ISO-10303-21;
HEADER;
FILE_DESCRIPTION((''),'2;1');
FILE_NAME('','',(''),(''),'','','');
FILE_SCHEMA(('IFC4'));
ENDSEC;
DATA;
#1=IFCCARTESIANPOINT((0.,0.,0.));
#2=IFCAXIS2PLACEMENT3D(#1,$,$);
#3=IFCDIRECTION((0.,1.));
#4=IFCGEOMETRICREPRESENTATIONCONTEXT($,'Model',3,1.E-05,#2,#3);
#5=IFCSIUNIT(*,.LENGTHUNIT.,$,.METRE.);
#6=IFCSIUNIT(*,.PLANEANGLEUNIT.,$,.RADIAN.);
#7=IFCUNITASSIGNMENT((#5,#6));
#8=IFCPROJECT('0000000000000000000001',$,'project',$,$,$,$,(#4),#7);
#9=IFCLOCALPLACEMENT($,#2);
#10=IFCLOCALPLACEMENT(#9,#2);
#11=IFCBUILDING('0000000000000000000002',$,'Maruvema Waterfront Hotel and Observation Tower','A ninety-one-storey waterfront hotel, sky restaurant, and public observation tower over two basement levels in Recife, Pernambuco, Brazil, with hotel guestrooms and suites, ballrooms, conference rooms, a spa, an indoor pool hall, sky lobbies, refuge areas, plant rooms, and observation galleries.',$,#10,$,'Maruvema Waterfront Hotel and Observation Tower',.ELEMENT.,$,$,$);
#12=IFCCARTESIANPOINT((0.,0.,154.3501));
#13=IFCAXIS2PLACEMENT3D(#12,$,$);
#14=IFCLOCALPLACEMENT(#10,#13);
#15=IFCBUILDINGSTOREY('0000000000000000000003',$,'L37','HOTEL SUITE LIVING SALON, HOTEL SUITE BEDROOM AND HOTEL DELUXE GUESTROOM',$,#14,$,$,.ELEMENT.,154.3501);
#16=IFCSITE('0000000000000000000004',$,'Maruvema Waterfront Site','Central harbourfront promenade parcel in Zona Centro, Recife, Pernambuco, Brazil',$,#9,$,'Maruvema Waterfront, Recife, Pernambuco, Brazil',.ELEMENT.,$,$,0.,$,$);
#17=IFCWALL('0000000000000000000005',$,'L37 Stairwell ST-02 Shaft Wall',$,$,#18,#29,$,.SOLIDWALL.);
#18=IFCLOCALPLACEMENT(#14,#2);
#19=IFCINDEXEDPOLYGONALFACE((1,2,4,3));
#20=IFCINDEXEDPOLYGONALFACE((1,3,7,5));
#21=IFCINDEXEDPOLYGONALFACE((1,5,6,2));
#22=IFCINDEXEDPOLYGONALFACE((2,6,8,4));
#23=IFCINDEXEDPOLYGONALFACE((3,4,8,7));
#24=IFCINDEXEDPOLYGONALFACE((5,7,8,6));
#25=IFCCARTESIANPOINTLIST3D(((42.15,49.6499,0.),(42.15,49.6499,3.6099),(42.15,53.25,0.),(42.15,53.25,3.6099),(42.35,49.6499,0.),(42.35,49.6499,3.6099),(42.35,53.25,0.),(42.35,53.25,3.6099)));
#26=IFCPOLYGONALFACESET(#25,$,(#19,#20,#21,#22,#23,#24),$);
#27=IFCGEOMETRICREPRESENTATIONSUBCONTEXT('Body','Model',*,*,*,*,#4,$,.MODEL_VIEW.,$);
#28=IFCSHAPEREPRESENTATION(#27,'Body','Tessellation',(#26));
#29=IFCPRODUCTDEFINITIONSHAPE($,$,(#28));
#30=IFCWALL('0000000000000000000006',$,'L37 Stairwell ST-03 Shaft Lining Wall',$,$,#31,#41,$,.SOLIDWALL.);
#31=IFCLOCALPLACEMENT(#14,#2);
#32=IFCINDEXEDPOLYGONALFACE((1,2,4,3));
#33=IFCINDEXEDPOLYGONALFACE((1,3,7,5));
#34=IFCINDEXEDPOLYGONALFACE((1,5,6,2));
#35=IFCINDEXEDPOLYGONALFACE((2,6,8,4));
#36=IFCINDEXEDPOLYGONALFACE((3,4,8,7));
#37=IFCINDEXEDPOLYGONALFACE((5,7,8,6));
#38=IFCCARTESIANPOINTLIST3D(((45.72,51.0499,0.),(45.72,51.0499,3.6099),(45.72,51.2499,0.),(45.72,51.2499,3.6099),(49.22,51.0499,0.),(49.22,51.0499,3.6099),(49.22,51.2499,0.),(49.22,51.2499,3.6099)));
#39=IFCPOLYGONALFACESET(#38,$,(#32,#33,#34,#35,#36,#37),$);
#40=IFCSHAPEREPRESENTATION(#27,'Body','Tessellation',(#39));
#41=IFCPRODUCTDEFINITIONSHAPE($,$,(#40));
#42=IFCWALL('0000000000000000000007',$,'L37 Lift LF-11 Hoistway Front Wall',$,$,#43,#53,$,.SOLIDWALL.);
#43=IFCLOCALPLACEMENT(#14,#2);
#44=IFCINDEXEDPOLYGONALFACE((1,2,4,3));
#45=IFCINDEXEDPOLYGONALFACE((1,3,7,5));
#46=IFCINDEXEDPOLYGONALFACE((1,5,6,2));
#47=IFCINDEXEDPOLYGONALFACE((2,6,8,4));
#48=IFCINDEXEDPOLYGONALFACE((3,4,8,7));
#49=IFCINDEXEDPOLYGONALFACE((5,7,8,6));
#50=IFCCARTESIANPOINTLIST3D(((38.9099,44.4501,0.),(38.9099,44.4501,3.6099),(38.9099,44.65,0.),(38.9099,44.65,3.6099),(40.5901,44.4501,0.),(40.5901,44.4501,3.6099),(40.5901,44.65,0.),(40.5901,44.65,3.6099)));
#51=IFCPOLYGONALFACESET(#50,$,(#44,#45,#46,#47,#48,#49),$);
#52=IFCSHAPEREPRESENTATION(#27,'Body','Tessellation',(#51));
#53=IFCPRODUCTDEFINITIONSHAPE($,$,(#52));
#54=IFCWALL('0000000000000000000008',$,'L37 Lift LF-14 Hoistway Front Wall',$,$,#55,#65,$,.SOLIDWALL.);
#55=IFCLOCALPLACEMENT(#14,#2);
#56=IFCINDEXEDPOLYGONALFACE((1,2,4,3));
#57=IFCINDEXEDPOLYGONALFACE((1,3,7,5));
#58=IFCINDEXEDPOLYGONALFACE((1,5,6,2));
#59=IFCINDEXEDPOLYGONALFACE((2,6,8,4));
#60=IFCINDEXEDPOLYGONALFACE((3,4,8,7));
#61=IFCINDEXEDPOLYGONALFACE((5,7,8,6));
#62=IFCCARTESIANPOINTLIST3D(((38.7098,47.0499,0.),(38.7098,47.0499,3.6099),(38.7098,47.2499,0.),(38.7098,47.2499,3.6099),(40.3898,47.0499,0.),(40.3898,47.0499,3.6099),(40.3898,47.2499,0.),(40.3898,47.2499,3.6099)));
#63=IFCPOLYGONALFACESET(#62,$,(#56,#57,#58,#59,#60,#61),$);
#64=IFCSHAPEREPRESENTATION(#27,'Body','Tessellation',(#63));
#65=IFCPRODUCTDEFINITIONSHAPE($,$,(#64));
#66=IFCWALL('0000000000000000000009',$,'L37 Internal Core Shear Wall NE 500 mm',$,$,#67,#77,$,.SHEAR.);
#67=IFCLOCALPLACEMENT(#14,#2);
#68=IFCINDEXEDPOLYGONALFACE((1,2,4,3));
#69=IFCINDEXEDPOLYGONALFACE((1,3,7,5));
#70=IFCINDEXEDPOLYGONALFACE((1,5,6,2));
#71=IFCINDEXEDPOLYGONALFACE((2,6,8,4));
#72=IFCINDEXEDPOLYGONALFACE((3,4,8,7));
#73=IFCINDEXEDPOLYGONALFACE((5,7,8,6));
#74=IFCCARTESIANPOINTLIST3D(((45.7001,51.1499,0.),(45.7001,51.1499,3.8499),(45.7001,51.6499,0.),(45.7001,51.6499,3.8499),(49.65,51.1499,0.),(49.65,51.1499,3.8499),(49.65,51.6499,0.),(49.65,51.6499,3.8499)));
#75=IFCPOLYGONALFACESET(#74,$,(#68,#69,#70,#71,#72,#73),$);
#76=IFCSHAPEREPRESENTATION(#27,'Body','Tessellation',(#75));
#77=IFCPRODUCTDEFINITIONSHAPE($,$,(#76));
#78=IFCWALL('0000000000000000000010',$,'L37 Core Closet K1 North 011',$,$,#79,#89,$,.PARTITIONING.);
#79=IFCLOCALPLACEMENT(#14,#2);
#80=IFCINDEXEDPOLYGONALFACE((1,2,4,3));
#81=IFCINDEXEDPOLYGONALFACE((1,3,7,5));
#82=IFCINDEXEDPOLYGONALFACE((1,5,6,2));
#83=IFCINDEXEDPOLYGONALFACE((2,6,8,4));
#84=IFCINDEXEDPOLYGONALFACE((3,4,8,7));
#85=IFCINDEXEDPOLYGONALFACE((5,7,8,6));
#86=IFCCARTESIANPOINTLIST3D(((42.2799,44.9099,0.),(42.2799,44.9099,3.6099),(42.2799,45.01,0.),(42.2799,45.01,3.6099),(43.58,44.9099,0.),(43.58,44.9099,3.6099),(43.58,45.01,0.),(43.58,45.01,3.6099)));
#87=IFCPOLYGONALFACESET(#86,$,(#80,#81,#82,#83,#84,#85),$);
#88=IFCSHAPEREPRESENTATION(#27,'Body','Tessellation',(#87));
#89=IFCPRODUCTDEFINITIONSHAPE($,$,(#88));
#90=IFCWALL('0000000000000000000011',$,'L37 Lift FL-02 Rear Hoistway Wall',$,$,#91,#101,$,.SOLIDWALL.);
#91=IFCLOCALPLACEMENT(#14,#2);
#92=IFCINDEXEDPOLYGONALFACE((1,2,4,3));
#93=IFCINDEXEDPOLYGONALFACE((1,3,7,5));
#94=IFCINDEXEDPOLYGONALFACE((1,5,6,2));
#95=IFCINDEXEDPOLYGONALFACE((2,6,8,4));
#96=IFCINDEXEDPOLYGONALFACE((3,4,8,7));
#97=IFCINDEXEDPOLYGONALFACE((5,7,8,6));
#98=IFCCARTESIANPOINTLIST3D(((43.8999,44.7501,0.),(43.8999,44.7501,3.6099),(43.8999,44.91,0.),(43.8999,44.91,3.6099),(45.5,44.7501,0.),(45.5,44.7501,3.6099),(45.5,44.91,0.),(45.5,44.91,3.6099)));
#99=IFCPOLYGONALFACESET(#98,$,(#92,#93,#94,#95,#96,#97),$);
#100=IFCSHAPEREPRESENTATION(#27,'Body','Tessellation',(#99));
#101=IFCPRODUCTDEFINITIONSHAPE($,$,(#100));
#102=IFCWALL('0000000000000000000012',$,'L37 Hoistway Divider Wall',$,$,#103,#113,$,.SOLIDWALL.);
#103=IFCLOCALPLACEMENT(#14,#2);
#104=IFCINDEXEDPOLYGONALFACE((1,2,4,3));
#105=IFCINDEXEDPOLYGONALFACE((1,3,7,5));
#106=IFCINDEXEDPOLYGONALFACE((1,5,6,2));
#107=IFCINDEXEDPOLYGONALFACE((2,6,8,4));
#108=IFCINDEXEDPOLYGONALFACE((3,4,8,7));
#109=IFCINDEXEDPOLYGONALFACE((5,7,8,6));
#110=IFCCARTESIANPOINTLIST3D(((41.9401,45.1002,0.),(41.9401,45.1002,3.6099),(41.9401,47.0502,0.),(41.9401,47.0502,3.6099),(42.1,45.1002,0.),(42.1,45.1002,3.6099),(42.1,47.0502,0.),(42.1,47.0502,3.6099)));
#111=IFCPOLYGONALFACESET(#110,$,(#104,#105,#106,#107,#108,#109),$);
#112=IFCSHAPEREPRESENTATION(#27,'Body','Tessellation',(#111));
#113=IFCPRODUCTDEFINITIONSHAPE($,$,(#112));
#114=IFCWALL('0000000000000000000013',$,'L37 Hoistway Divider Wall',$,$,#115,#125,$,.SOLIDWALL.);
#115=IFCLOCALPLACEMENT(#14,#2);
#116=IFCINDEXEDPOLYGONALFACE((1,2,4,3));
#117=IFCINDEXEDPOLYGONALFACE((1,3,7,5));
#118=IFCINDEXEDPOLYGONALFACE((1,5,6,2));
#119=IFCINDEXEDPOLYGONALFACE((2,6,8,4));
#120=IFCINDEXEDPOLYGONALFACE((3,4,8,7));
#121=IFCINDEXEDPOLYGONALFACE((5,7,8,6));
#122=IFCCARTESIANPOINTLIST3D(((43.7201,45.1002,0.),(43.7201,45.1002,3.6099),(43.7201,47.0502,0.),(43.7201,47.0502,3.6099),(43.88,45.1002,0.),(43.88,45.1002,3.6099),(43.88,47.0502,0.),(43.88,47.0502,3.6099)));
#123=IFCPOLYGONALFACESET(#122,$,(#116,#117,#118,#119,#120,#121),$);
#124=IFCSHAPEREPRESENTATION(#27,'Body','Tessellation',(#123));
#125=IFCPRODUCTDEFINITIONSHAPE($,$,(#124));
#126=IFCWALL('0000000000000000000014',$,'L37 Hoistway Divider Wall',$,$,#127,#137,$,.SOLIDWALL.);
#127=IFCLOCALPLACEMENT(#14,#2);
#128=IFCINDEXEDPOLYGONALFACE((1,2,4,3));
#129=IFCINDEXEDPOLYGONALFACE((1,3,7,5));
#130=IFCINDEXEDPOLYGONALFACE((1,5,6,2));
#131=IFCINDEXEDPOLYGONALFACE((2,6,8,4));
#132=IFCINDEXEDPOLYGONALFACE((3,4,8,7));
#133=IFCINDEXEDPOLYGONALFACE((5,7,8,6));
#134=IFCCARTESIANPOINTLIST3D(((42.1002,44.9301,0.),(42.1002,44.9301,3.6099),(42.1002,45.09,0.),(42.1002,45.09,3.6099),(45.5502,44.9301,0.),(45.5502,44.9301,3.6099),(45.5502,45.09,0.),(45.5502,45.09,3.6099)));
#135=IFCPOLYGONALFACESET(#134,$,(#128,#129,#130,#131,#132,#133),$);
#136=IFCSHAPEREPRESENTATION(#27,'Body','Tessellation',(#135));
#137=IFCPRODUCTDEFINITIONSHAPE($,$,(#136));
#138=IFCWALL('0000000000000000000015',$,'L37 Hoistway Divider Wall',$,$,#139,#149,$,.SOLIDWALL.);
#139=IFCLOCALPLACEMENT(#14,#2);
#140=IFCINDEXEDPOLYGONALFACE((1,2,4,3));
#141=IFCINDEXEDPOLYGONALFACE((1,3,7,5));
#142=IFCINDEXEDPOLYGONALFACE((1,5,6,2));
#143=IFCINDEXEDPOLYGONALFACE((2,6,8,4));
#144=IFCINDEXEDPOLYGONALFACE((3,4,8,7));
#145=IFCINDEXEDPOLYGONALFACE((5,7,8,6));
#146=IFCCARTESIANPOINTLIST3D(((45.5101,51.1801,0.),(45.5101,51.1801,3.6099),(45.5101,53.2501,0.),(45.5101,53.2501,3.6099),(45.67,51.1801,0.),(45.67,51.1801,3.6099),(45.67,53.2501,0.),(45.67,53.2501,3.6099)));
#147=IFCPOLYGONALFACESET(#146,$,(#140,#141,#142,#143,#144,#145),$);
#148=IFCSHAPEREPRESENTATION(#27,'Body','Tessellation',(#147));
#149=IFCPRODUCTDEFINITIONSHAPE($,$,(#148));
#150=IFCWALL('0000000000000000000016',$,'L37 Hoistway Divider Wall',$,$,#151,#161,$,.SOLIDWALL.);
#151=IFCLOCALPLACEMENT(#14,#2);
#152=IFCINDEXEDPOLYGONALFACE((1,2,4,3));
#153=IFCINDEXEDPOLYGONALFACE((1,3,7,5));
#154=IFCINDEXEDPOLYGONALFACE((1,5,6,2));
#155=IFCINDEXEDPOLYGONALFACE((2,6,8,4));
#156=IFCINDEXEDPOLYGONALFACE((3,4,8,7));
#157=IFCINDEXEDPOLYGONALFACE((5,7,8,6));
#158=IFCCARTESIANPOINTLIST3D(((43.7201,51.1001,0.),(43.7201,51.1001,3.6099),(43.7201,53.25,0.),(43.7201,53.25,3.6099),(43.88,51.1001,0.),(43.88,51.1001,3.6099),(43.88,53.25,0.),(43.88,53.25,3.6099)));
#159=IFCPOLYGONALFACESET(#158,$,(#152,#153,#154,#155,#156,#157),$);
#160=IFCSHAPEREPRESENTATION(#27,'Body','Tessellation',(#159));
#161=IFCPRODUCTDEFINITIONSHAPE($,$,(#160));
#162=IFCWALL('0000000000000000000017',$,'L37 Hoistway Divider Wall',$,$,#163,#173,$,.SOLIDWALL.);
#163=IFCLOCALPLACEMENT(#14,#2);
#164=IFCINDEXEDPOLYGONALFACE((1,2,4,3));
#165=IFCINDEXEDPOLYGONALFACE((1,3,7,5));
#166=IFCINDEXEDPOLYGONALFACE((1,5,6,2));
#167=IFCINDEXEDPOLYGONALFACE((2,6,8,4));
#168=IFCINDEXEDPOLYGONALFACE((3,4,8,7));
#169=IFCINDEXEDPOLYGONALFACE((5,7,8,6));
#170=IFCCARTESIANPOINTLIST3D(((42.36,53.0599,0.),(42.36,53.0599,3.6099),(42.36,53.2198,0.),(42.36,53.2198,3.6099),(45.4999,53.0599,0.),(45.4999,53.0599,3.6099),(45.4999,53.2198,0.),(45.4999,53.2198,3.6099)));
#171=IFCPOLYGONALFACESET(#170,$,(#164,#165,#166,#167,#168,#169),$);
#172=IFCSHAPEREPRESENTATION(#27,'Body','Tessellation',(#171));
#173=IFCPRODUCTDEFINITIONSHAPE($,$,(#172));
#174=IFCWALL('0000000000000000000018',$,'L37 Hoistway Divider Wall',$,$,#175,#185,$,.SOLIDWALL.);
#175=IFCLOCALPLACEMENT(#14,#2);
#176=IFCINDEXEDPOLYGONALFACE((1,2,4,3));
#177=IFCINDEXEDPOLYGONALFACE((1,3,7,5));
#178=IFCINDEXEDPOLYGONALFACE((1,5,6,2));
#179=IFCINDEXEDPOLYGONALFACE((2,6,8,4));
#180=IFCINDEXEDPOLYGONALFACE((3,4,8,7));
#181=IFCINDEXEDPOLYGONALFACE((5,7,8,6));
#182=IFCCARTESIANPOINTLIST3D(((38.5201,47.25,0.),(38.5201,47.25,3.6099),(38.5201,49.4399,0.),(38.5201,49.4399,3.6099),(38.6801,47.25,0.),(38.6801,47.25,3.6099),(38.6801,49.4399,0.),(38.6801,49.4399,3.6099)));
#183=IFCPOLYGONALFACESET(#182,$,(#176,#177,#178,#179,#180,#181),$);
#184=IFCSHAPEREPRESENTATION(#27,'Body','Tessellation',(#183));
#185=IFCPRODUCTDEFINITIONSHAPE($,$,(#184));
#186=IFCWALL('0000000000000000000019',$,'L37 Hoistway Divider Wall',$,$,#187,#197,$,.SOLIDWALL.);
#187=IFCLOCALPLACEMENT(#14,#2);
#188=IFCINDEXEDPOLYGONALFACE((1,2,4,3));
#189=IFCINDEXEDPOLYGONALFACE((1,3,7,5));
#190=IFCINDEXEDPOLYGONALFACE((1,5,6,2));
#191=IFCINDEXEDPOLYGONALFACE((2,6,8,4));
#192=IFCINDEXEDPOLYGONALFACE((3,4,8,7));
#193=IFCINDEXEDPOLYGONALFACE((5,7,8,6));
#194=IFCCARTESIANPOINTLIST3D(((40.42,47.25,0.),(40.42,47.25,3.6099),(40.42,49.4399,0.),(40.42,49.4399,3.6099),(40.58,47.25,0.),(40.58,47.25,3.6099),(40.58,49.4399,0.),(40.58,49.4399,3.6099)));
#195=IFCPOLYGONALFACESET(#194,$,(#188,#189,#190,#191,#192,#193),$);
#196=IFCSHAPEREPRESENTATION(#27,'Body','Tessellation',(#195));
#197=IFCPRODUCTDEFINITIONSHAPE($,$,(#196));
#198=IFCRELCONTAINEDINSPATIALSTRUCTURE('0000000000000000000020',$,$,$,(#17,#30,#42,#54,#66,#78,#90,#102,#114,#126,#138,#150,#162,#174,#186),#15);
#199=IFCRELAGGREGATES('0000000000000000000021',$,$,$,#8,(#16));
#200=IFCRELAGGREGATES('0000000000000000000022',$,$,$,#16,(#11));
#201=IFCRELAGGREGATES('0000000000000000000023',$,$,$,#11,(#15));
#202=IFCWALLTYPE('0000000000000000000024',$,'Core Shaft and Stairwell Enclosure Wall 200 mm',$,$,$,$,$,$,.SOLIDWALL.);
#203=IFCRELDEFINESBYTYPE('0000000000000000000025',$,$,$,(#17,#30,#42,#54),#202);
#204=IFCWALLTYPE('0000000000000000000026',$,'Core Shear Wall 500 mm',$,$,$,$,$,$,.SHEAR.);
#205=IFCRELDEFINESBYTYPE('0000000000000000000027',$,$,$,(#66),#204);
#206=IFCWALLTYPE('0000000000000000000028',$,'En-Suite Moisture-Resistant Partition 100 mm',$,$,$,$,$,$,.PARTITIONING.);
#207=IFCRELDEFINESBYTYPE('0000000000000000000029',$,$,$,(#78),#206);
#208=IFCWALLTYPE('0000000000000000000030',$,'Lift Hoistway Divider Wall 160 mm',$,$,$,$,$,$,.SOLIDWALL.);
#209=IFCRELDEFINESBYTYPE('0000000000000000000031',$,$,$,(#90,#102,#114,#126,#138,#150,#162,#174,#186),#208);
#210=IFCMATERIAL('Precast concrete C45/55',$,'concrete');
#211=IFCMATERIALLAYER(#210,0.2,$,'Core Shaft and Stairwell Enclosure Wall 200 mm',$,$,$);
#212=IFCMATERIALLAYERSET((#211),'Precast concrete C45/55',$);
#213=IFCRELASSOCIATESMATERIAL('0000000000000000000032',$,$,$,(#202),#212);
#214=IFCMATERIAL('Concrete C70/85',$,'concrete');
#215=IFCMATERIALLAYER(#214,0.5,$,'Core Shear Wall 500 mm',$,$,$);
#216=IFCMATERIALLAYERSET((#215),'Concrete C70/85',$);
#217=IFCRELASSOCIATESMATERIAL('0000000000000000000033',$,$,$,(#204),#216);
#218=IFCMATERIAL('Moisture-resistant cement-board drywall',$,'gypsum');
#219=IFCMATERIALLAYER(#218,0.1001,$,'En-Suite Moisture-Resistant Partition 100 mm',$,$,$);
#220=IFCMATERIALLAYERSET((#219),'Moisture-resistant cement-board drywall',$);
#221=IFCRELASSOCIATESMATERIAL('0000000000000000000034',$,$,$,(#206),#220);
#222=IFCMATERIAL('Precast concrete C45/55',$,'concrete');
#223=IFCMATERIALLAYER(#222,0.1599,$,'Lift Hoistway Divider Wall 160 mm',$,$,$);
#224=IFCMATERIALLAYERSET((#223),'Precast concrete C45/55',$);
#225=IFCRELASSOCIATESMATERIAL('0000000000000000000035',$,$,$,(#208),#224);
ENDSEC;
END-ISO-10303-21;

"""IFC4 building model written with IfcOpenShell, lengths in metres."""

from ifc_helpers import new_model, si_unit, direction, frame, frame_2d, origin, place, context, subcontext, project, spatial, rectangle, extrude, material, layer, layer_set, type_object, element, save


model = new_model("IFC4")

# Units and contexts
model_context = context("Model", 3, precision=1e-05, world=origin(), true_north=direction((0.0, 1.0)))
body_context = subcontext(model_context, "Body", "Model", "MODEL_VIEW")
ifc_project = project(units=[si_unit("LENGTHUNIT", "METRE"), si_unit("PLANEANGLEUNIT", "RADIAN")], contexts=[model_context])

# Site, building, storey
site_placement = place(None, origin())
site = spatial("IfcSite", under=ifc_project, at=site_placement, Name="Maruvema Waterfront Site", Description="Central harbourfront promenade parcel in Zona Centro, Recife, Pernambuco, Brazil", LongName="Maruvema Waterfront, Recife, Pernambuco, Brazil", CompositionType="ELEMENT", RefElevation=0.0)
building_placement = place(site_placement, origin())
building = spatial("IfcBuilding", under=site, at=building_placement, Name="Maruvema Waterfront Hotel and Observation Tower", Description="A ninety-one-storey waterfront hotel, sky restaurant, and public observation tower over two basement levels in Recife, Pernambuco, Brazil, with hotel guestrooms and suites, ballrooms, conference rooms, a spa, an indoor pool hall, sky lobbies, refuge areas, plant rooms, and observation galleries.", LongName="Maruvema Waterfront Hotel and Observation Tower", CompositionType="ELEMENT")
storey_placement = place(building_placement, frame((0.0, 0.0, 154.3501)))
storey = spatial("IfcBuildingStorey", under=building, at=storey_placement, Name="L37", Description="HOTEL SUITE LIVING SALON, HOTEL SUITE BEDROOM AND HOTEL DELUXE GUESTROOM", CompositionType="ELEMENT", Elevation=154.3501)

# Walls
ifc_material_1 = material(Name="Precast concrete C45/55", Category="concrete")
ifc_layer_1 = layer(ifc_material_1, 0.2, Name="Core Shaft and Stairwell Enclosure Wall 200 mm")
ifc_layer_set_1 = layer_set([ifc_layer_1], Name="Precast concrete C45/55")
wall_type_1 = type_object("IfcWallType", Name="Core Shaft and Stairwell Enclosure Wall 200 mm", PredefinedType="SOLIDWALL", material=ifc_layer_set_1)
wall_1_placement = place(storey_placement, frame((42.25, 49.6499, 0.0), z_axis=(0.0, 0.0, 1.0), x_axis=(0.0, 1.0, 0.0)))
element("IfcWall", 1, at=wall_1_placement, inside=storey, type_object=wall_type_1, Name="L37 Stairwell ST-02 Shaft Wall", PredefinedType="SOLIDWALL", context=body_context, shape_type="SweptSolid", body=[
    extrude(rectangle(XDim=3.6001, YDim=0.2, at=frame_2d((1.8, 0.0))), origin(), (0.0, 0.0, 1.0), 3.6099),
])
wall_2_placement = place(storey_placement, frame((45.72, 51.1499, 0.0), z_axis=(0.0, 0.0, 1.0), x_axis=(1.0, 0.0, 0.0)))
element("IfcWall", 2, at=wall_2_placement, inside=storey, type_object=wall_type_1, Name="L37 Stairwell ST-03 Shaft Lining Wall", PredefinedType="SOLIDWALL", context=body_context, shape_type="SweptSolid", body=[
    extrude(rectangle(XDim=3.5, YDim=0.2, at=frame_2d((1.75, 0.0))), origin(), (0.0, 0.0, 1.0), 3.6099),
])

# Walls
wall_3_placement = place(storey_placement, frame((38.9099, 44.55, 0.0), z_axis=(0.0, 0.0, 1.0), x_axis=(1.0, 0.0, 0.0)))
element("IfcWall", 3, at=wall_3_placement, inside=storey, type_object=wall_type_1, Name="L37 Lift LF-11 Hoistway Front Wall", PredefinedType="SOLIDWALL", context=body_context, shape_type="SweptSolid", body=[
    extrude(rectangle(XDim=1.6802, YDim=0.2, at=frame_2d((0.8401, 0.0))), origin(), (0.0, 0.0, 1.0), 3.6099),
])
wall_4_placement = place(storey_placement, frame((38.71, 47.1499, 0.0), z_axis=(0.0, 0.0, 1.0), x_axis=(1.0, 0.0, 0.0)))
element("IfcWall", 4, at=wall_4_placement, inside=storey, type_object=wall_type_1, Name="L37 Lift LF-14 Hoistway Front Wall", PredefinedType="SOLIDWALL", context=body_context, shape_type="SweptSolid", body=[
    extrude(rectangle(XDim=1.6799, YDim=0.2, at=frame_2d((0.8398, 0.0))), origin(), (0.0, 0.0, 1.0), 3.6099),
])
ifc_material_2 = material(Name="Concrete C70/85", Category="concrete")
ifc_layer_2 = layer(ifc_material_2, 0.5, Name="Core Shear Wall 500 mm")
ifc_layer_set_2 = layer_set([ifc_layer_2], Name="Concrete C70/85")
wall_type_2 = type_object("IfcWallType", Name="Core Shear Wall 500 mm", PredefinedType="SHEAR", material=ifc_layer_set_2)
wall_5_placement = place(storey_placement, frame((45.7, 51.3999, 0.0), z_axis=(0.0, 0.0, 1.0), x_axis=(1.0, 0.0, 0.0)))
element("IfcWall", 5, at=wall_5_placement, inside=storey, type_object=wall_type_2, Name="L37 Internal Core Shear Wall NE 500 mm", PredefinedType="SHEAR", context=body_context, shape_type="SweptSolid", body=[
    extrude(rectangle(XDim=3.95, YDim=0.5, at=frame_2d((1.9751, 0.0))), origin(), (0.0, 0.0, 1.0), 3.8499),
])
ifc_material_3 = material(Name="Moisture-resistant cement-board drywall", Category="gypsum")
ifc_layer_3 = layer(ifc_material_3, 0.1001, Name="En-Suite Moisture-Resistant Partition 100 mm")
ifc_layer_set_3 = layer_set([ifc_layer_3], Name="Moisture-resistant cement-board drywall")
wall_type_3 = type_object("IfcWallType", Name="En-Suite Moisture-Resistant Partition 100 mm", PredefinedType="PARTITIONING", material=ifc_layer_set_3)
wall_6_placement = place(storey_placement, frame((42.28, 44.96, 0.0), z_axis=(0.0, 0.0, 1.0), x_axis=(1.0, 0.0, 0.0)))
element("IfcWall", 6, at=wall_6_placement, inside=storey, type_object=wall_type_3, Name="L37 Core Closet K1 North 011", PredefinedType="PARTITIONING", context=body_context, shape_type="SweptSolid", body=[
    extrude(rectangle(XDim=1.3, YDim=0.1001, at=frame_2d((0.6499, 0.0))), origin(), (0.0, 0.0, 1.0), 3.6099),
])
ifc_material_4 = material(Name="Precast concrete C45/55", Category="concrete")
ifc_layer_4 = layer(ifc_material_4, 0.1599, Name="Lift Hoistway Divider Wall 160 mm")
ifc_layer_set_4 = layer_set([ifc_layer_4], Name="Precast concrete C45/55")
wall_type_4 = type_object("IfcWallType", Name="Lift Hoistway Divider Wall 160 mm", PredefinedType="SOLIDWALL", material=ifc_layer_set_4)
wall_7_placement = place(storey_placement, frame((43.8999, 44.8301, 0.0), z_axis=(0.0, 0.0, 1.0), x_axis=(1.0, 0.0, 0.0)))
element("IfcWall", 7, at=wall_7_placement, inside=storey, type_object=wall_type_4, Name="L37 Lift FL-02 Rear Hoistway Wall", PredefinedType="SOLIDWALL", context=body_context, shape_type="SweptSolid", body=[
    extrude(rectangle(XDim=1.6001, YDim=0.1599, at=frame_2d((0.8, 0.0))), origin(), (0.0, 0.0, 1.0), 3.6099),
])
for number, where, z_axis, x_axis, name in (
    (8, (42.02, 45.1001, 0.0), (0.0, 0.0, 1.0), (0.0, 1.0, 0.0), "L37 Hoistway Divider Wall"),
    (9, (43.8, 45.1001, 0.0), (0.0, 0.0, 1.0), (0.0, 1.0, 0.0), "L37 Hoistway Divider Wall"),
):
    element("IfcWall", number, at=place(storey_placement, frame(where, z_axis=z_axis, x_axis=x_axis)), inside=storey, type_object=wall_type_4, Name=name, PredefinedType="SOLIDWALL", context=body_context, shape_type="SweptSolid", body=[
        extrude(rectangle(XDim=1.95, YDim=0.1599, at=frame_2d((0.9751, 0.0))), origin(), (0.0, 0.0, 1.0), 3.6099),
    ])
wall_8_placement = place(storey_placement, frame((42.1001, 45.01, 0.0), z_axis=(0.0, 0.0, 1.0), x_axis=(1.0, 0.0, 0.0)))
element("IfcWall", 10, at=wall_8_placement, inside=storey, type_object=wall_type_4, Name="L37 Hoistway Divider Wall", PredefinedType="SOLIDWALL", context=body_context, shape_type="SweptSolid", body=[
    extrude(rectangle(XDim=3.45, YDim=0.1599, at=frame_2d((1.7251, 0.0))), origin(), (0.0, 0.0, 1.0), 3.6099),
])
wall_9_placement = place(storey_placement, frame((45.5901, 51.1799, 0.0), z_axis=(0.0, 0.0, 1.0), x_axis=(0.0, 1.0, 0.0)))
element("IfcWall", 11, at=wall_9_placement, inside=storey, type_object=wall_type_4, Name="L37 Hoistway Divider Wall", PredefinedType="SOLIDWALL", context=body_context, shape_type="SweptSolid", body=[
    extrude(rectangle(XDim=2.0701, YDim=0.1599, at=frame_2d((1.0352, 0.0))), origin(), (0.0, 0.0, 1.0), 3.6099),
])
wall_10_placement = place(storey_placement, frame((43.8, 51.1001, 0.0), z_axis=(0.0, 0.0, 1.0), x_axis=(0.0, 1.0, 0.0)))
element("IfcWall", 12, at=wall_10_placement, inside=storey, type_object=wall_type_4, Name="L37 Hoistway Divider Wall", PredefinedType="SOLIDWALL", context=body_context, shape_type="SweptSolid", body=[
    extrude(rectangle(XDim=2.1499, YDim=0.1599, at=frame_2d((1.075, 0.0))), origin(), (0.0, 0.0, 1.0), 3.6099),
])
wall_11_placement = place(storey_placement, frame((42.3601, 53.1399, 0.0), z_axis=(0.0, 0.0, 1.0), x_axis=(1.0, 0.0, 0.0)))
element("IfcWall", 13, at=wall_11_placement, inside=storey, type_object=wall_type_4, Name="L37 Hoistway Divider Wall", PredefinedType="SOLIDWALL", context=body_context, shape_type="SweptSolid", body=[
    extrude(rectangle(XDim=3.1399, YDim=0.1599, at=frame_2d((1.5698, 0.0))), origin(), (0.0, 0.0, 1.0), 3.6099),
])
for number, where, z_axis, x_axis, name in (
    (14, (38.6001, 47.25, 0.0), (0.0, 0.0, 1.0), (0.0, 1.0, 0.0), "L37 Hoistway Divider Wall"),
    (15, (40.5, 47.25, 0.0), (0.0, 0.0, 1.0), (0.0, 1.0, 0.0), "L37 Hoistway Divider Wall"),
):
    element("IfcWall", number, at=place(storey_placement, frame(where, z_axis=z_axis, x_axis=x_axis)), inside=storey, type_object=wall_type_4, Name=name, PredefinedType="SOLIDWALL", context=body_context, shape_type="SweptSolid", body=[
        extrude(rectangle(XDim=2.1899, YDim=0.1599, at=frame_2d((1.095, 0.0))), origin(), (0.0, 0.0, 1.0), 3.6099),
    ])

save(model, "model.ifc")
